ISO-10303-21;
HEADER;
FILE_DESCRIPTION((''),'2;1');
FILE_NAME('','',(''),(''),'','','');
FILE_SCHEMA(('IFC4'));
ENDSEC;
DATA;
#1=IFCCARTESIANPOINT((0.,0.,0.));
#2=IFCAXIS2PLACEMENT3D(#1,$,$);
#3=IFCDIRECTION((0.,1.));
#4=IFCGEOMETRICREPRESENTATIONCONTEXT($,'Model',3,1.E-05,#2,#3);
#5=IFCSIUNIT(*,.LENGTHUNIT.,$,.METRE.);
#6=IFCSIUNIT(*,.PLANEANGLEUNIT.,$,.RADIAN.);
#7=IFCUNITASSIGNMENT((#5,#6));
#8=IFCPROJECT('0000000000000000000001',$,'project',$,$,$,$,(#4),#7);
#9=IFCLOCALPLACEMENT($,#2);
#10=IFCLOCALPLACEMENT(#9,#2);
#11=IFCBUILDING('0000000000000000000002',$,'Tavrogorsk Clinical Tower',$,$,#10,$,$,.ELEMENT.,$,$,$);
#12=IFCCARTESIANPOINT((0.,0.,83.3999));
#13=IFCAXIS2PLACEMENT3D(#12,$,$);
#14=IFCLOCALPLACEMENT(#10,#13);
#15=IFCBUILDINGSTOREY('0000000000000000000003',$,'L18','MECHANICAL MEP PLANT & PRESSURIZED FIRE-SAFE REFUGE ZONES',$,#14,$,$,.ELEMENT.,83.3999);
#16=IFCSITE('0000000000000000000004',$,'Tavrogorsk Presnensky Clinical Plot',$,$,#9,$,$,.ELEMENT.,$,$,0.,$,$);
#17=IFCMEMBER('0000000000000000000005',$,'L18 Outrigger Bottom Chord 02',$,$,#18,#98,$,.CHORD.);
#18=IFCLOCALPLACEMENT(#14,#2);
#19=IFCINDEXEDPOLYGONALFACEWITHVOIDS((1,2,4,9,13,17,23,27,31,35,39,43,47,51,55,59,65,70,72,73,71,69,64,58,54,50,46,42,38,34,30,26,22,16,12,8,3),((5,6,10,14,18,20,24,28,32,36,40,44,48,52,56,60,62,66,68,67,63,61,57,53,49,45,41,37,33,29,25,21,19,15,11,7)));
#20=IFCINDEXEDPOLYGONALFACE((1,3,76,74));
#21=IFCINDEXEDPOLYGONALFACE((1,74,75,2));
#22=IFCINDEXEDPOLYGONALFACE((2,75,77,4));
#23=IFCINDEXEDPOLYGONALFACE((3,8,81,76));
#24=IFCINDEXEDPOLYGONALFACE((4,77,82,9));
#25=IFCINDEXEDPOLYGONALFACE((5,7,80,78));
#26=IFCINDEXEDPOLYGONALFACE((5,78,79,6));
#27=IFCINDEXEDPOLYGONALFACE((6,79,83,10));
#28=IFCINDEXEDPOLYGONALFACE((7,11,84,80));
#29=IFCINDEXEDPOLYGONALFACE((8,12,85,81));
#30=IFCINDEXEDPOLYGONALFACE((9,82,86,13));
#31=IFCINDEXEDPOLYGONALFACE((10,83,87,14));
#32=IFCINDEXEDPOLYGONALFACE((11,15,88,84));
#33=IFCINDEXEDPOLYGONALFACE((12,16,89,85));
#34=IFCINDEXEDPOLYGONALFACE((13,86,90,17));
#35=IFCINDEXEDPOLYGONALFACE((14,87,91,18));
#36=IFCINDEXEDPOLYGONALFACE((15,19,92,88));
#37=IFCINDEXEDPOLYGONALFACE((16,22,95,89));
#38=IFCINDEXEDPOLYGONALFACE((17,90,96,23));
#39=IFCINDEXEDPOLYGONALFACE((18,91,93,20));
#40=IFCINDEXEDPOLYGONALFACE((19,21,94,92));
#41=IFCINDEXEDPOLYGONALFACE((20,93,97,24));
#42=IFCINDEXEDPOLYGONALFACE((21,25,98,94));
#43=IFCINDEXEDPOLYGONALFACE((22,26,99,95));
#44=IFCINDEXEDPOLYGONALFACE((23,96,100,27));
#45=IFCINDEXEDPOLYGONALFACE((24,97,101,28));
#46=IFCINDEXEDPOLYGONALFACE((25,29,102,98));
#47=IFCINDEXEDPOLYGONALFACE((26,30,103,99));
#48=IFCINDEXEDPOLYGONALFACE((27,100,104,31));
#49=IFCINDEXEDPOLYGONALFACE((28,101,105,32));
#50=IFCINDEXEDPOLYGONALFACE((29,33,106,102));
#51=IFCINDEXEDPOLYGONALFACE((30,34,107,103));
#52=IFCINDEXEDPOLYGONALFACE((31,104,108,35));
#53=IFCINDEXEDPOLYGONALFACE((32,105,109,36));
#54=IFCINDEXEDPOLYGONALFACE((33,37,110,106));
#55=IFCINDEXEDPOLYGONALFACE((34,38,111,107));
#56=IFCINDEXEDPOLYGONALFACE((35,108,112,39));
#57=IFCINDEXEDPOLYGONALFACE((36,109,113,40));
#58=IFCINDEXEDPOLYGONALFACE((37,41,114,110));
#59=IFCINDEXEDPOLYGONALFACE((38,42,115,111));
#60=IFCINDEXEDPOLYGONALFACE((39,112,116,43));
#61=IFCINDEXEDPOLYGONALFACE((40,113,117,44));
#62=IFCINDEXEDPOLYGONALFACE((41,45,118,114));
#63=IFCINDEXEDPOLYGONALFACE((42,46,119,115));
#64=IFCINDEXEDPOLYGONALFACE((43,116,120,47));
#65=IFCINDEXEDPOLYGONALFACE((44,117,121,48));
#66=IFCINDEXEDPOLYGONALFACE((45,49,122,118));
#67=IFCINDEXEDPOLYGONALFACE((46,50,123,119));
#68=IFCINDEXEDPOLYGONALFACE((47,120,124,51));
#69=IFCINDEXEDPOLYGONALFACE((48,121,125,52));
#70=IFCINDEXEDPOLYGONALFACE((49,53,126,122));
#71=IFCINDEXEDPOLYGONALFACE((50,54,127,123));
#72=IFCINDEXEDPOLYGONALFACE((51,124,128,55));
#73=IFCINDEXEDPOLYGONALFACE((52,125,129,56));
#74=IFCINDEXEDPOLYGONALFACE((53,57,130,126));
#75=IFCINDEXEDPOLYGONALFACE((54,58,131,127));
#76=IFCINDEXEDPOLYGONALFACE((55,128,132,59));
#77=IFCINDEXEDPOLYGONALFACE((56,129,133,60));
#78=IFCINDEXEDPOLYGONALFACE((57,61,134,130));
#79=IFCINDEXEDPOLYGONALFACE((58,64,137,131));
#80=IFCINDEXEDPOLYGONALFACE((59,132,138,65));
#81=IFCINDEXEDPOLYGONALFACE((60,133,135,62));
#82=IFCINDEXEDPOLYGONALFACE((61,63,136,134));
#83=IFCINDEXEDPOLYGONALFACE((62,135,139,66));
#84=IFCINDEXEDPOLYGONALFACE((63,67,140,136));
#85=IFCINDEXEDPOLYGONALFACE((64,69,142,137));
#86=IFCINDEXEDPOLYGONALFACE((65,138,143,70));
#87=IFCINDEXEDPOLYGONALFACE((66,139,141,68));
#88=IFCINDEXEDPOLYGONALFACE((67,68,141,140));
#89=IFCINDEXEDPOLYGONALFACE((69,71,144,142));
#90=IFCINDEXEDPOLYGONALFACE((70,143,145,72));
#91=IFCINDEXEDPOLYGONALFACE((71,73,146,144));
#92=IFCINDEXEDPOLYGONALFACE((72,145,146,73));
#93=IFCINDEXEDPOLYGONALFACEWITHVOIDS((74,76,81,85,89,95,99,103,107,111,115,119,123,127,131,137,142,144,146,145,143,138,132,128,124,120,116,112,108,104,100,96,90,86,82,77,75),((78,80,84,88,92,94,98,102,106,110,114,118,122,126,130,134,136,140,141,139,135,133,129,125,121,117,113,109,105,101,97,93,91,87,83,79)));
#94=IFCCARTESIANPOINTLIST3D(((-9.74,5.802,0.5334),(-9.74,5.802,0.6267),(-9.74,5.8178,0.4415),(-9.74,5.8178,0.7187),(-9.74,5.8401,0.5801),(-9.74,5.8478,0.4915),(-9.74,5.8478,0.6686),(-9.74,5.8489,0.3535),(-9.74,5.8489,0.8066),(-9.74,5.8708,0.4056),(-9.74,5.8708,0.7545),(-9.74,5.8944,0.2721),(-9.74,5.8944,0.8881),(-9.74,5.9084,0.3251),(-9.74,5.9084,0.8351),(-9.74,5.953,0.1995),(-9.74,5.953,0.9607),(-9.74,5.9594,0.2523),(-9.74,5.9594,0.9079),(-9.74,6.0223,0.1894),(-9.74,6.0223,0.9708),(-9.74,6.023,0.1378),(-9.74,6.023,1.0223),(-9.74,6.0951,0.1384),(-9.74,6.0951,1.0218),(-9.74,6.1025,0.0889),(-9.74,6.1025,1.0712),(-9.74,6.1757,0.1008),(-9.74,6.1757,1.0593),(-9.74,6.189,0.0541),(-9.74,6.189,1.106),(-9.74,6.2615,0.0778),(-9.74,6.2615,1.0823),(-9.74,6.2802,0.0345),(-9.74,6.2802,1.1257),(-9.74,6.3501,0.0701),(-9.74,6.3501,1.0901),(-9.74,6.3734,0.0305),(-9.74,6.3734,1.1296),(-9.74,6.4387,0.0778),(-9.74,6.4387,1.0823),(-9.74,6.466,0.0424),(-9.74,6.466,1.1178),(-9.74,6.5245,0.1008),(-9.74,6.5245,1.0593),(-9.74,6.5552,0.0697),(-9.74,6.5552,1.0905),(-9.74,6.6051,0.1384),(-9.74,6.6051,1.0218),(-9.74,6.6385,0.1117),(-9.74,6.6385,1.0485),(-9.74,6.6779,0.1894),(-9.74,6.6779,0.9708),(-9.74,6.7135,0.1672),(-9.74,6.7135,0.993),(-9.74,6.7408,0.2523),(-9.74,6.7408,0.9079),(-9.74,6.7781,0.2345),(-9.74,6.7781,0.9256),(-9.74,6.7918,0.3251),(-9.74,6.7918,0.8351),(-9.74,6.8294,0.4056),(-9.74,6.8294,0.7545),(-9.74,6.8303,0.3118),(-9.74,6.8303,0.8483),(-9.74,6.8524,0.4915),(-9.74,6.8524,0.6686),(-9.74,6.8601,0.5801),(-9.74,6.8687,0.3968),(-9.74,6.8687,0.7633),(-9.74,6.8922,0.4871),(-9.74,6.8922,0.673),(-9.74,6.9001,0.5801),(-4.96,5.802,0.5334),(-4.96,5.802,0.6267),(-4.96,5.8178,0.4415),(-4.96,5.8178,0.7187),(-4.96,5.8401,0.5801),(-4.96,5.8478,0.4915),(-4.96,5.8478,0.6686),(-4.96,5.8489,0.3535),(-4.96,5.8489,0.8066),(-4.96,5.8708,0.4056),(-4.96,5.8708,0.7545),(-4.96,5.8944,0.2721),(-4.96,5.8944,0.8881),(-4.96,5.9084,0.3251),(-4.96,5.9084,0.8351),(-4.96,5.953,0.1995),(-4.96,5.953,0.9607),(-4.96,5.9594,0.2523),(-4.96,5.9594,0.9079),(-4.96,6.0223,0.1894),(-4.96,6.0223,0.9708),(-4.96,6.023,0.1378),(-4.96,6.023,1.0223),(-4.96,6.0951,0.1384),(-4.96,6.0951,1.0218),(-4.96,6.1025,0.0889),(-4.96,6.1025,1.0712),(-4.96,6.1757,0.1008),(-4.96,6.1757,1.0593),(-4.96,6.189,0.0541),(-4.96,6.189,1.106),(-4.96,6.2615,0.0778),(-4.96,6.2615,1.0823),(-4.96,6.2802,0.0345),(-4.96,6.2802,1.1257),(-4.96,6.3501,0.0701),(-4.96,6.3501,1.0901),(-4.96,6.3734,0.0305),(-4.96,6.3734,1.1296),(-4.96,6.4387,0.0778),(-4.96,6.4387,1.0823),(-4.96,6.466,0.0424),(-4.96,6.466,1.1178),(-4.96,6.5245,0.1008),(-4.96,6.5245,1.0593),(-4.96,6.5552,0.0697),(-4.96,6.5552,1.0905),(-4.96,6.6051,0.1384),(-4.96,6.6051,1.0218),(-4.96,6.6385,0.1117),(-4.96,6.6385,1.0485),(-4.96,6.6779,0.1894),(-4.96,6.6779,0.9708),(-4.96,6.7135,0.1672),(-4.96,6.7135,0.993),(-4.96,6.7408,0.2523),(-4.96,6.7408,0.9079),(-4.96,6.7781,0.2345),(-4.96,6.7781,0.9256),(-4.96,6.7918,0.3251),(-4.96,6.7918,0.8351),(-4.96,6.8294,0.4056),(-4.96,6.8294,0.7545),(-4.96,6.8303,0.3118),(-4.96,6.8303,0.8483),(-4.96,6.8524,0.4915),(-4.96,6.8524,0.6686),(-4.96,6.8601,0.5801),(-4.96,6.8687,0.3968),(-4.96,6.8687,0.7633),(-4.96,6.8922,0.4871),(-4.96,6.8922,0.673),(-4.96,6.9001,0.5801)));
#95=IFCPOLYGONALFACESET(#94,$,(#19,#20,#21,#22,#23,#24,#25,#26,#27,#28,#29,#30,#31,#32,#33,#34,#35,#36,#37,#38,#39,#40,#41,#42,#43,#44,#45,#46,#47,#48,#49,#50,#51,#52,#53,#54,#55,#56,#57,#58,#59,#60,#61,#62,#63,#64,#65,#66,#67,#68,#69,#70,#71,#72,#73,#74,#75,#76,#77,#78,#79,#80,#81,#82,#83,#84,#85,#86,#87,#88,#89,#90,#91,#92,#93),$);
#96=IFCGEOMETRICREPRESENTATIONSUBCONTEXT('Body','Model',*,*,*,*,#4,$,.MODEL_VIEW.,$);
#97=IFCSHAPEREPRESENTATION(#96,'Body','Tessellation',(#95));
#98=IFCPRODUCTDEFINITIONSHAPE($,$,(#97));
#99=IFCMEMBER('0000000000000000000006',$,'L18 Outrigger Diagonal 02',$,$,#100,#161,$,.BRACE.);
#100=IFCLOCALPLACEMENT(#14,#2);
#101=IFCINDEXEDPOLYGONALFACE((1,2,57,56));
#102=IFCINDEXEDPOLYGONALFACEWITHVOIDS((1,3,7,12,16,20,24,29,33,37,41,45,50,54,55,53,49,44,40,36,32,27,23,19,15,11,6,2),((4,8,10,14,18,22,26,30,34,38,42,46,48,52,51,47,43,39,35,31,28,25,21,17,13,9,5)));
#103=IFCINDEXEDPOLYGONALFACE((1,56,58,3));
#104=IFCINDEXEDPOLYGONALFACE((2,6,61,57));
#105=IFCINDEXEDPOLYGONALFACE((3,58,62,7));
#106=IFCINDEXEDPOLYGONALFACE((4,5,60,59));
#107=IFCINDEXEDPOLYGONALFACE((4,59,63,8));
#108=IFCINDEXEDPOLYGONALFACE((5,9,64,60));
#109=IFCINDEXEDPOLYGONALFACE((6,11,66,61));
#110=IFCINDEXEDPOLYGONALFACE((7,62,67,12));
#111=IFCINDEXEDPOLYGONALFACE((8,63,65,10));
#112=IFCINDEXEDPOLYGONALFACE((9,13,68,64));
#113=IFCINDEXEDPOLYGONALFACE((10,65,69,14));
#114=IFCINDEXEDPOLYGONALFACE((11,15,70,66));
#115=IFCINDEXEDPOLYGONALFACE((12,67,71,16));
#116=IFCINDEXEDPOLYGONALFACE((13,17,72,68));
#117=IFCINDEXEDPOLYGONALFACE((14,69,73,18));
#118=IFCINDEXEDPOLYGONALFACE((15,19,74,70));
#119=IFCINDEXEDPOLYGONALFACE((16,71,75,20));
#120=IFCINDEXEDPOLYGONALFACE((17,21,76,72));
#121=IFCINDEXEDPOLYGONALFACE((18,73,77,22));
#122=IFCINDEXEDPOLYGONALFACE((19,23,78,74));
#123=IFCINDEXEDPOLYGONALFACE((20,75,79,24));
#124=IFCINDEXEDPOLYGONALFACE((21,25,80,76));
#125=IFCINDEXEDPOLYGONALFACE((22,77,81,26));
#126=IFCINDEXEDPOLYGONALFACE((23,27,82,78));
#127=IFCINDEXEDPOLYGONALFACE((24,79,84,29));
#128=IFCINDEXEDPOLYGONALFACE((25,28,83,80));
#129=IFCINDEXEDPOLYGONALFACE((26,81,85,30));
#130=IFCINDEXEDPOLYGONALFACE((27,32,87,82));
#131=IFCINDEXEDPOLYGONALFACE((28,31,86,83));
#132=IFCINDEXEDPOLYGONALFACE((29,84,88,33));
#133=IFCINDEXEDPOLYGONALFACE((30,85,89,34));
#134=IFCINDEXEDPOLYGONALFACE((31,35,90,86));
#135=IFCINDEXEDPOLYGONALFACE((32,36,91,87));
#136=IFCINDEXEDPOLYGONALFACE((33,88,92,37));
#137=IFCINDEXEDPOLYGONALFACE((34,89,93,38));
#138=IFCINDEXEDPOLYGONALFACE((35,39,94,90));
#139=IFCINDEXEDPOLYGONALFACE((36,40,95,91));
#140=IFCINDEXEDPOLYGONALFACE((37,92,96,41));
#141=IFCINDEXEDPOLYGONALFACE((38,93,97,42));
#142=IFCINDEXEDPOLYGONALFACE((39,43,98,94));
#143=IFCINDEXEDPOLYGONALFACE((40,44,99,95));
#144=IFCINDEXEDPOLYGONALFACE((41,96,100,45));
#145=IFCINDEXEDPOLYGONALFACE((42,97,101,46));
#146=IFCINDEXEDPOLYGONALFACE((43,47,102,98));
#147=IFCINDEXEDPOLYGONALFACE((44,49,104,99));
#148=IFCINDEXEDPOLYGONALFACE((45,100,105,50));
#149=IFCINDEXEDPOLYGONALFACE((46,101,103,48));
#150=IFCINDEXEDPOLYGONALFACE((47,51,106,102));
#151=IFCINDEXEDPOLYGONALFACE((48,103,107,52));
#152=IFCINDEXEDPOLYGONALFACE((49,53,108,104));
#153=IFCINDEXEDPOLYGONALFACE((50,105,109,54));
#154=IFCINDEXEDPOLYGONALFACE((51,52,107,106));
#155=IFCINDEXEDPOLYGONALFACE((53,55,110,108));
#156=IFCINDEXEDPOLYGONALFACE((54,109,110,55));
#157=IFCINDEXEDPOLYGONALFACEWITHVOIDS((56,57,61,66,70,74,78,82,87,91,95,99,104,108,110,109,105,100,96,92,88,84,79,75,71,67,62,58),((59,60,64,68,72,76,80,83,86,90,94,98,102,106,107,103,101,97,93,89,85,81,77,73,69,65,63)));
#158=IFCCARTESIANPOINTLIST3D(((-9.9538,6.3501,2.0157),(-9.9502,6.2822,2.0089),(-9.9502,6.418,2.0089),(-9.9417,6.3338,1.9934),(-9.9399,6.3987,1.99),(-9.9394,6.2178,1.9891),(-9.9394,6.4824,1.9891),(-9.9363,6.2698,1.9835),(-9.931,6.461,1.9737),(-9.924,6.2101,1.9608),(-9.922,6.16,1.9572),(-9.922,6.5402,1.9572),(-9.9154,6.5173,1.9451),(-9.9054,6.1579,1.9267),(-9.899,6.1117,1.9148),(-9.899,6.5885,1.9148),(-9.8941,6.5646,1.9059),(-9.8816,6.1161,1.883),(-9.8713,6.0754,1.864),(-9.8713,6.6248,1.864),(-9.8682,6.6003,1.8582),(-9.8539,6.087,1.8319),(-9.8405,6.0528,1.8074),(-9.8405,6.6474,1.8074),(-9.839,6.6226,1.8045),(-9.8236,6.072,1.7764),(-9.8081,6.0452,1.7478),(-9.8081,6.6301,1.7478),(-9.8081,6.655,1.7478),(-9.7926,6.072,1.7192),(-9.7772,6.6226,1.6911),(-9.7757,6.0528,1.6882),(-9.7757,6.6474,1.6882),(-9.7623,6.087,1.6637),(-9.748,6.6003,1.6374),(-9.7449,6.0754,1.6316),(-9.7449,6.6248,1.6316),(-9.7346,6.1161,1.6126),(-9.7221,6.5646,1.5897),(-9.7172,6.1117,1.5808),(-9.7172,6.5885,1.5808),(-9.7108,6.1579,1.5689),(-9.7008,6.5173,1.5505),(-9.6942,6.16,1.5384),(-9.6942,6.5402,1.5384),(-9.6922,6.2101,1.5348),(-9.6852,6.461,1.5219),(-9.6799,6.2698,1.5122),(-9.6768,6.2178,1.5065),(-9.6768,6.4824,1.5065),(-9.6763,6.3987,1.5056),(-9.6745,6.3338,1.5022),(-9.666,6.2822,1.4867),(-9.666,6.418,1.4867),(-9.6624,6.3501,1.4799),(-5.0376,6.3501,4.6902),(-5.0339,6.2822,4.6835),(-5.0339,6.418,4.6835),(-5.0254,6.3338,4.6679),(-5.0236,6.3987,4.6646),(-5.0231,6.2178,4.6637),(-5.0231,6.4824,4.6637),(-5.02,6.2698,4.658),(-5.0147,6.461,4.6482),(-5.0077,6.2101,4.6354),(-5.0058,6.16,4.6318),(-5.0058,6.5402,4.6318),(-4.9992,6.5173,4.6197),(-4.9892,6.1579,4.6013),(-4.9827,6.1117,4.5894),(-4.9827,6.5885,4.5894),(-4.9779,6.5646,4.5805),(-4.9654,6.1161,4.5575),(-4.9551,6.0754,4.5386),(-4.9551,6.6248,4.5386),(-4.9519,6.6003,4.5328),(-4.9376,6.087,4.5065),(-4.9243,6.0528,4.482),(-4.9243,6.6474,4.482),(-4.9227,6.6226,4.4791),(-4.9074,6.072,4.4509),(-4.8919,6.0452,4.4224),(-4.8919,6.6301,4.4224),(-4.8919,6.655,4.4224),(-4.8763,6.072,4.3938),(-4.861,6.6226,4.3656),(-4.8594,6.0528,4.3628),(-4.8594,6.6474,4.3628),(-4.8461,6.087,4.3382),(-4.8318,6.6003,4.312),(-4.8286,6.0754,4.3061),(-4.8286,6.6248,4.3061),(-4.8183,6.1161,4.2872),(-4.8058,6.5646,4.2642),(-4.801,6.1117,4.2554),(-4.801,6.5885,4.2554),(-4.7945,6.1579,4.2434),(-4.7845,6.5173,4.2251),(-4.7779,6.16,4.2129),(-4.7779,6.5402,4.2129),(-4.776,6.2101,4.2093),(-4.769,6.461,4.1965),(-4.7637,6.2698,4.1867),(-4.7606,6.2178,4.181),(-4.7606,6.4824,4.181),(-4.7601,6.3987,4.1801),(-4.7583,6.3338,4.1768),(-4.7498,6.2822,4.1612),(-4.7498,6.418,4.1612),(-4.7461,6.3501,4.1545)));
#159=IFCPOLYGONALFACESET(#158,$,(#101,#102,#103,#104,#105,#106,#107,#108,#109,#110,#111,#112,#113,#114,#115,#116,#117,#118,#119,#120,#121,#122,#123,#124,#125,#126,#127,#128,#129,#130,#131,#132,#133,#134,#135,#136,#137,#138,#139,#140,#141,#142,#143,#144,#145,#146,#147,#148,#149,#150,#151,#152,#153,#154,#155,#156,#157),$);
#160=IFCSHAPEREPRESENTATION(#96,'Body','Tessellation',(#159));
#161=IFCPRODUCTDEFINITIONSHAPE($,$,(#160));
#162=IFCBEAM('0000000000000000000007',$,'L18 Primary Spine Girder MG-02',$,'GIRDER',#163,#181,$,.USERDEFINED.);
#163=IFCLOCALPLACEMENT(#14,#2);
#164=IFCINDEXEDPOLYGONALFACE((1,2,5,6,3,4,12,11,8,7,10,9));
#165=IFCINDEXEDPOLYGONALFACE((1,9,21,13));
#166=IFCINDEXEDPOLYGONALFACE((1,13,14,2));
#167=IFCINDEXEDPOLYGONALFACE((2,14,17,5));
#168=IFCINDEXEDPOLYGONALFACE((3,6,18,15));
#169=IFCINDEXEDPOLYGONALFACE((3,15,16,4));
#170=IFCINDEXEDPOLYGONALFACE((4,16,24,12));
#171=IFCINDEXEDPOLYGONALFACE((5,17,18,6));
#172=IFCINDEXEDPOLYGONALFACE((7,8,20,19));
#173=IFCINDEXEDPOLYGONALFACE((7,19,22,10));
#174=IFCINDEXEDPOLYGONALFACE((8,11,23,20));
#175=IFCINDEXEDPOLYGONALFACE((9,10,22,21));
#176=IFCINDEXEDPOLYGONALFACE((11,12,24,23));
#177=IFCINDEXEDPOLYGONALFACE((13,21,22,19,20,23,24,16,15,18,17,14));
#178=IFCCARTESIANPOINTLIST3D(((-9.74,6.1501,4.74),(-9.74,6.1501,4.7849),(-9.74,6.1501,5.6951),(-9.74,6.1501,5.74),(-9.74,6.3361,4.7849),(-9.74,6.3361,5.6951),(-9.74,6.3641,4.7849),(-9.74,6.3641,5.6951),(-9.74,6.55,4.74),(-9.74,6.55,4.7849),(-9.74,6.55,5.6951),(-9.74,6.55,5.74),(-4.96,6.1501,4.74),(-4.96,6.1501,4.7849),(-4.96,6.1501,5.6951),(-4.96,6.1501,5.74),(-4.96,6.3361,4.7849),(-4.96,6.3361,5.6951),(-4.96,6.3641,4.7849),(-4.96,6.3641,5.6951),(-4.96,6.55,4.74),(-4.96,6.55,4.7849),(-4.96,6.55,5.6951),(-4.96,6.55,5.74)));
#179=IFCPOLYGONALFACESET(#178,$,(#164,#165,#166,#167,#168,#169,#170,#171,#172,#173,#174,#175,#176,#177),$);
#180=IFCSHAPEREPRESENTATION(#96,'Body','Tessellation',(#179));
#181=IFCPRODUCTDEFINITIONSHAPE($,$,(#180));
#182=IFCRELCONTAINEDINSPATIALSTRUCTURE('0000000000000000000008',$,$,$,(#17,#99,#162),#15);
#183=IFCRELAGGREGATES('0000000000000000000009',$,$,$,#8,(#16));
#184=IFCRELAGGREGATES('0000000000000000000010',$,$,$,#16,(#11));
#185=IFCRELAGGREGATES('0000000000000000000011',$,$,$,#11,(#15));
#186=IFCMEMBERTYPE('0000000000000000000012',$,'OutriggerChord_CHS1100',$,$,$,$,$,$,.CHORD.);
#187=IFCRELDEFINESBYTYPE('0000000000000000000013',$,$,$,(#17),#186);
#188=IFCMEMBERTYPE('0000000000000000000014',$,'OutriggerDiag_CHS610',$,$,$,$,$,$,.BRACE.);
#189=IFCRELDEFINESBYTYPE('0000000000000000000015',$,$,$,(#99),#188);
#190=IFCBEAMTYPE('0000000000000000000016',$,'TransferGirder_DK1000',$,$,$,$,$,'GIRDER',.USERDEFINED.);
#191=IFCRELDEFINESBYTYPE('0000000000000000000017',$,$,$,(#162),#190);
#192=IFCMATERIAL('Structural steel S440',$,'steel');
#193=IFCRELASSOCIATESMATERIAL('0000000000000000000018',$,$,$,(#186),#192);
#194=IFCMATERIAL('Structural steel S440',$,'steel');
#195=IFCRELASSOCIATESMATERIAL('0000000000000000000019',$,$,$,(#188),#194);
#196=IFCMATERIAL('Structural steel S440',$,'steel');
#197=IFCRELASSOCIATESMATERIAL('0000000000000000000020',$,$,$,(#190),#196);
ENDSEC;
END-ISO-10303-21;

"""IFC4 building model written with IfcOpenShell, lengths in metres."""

from ifc_helpers import new_model, si_unit, direction, frame, origin, origin_2d, place, context, subcontext, project, spatial, hollow_circle, i_section, extrude, material, material_profile, profile_set, type_object, element, save


model = new_model("IFC4")

# Units and contexts
model_context = context("Model", 3, precision=1e-05, world=origin(), true_north=direction((0.0, 1.0)))
body_context = subcontext(model_context, "Body", "Model", "MODEL_VIEW")
ifc_project = project(units=[si_unit("LENGTHUNIT", "METRE"), si_unit("PLANEANGLEUNIT", "RADIAN")], contexts=[model_context])

# Site, building, storey
site_placement = place(None, origin())
site = spatial("IfcSite", under=ifc_project, at=site_placement, Name="Tavrogorsk Presnensky Clinical Plot", CompositionType="ELEMENT", RefElevation=0.0)
building_placement = place(site_placement, origin())
building = spatial("IfcBuilding", under=site, at=building_placement, Name="Tavrogorsk Clinical Tower", CompositionType="ELEMENT")
storey_placement = place(building_placement, frame((0.0, 0.0, 83.3999)))
storey = spatial("IfcBuildingStorey", under=building, at=storey_placement, Name="L18", Description="MECHANICAL MEP PLANT & PRESSURIZED FIRE-SAFE REFUGE ZONES", CompositionType="ELEMENT", Elevation=83.3999)

# Members
ifc_material_1 = material(Name="Structural steel S440", Category="steel")
ifc_material_profile_1 = material_profile(ifc_material_1, hollow_circle(Radius=0.55, WallThickness=0.04, at=origin_2d()), Name="CHS-1100x40")
ifc_profile_set_1 = profile_set([ifc_material_profile_1], Name="Structural steel S440")
member_type_1 = type_object("IfcMemberType", Name="OutriggerChord_CHS1100", PredefinedType="CHORD", material=ifc_profile_set_1)
member_1_placement = place(storey_placement, frame((-9.74, 6.3501, 0.5801), z_axis=(1.0, 0.0, 0.0), x_axis=(0.0, 1.0, 0.0)))
element("IfcMember", 1, at=member_1_placement, inside=storey, type_object=member_type_1, Name="L18 Outrigger Bottom Chord 02", PredefinedType="CHORD", context=body_context, shape_type="SweptSolid", body=[
    extrude(hollow_circle(Radius=0.55, WallThickness=0.04, at=origin_2d()), origin(), (0.0, 0.0, 1.0), 4.78),
])
ifc_material_2 = material(Name="Structural steel S440", Category="steel")
ifc_material_profile_2 = material_profile(ifc_material_2, hollow_circle(Radius=0.3049, WallThickness=0.0249, at=origin_2d()), Name="CHS-610x25")
ifc_profile_set_2 = profile_set([ifc_material_profile_2], Name="Structural steel S440")
member_type_2 = type_object("IfcMemberType", Name="OutriggerDiag_CHS610", PredefinedType="BRACE", material=ifc_profile_set_2)
member_2_placement = place(storey_placement, frame((-9.8081, 6.3501, 1.7478), z_axis=(0.878424, 0.0, 0.477883), x_axis=(0.0, 1.0, 0.0)))
element("IfcMember", 2, at=member_2_placement, inside=storey, type_object=member_type_2, Name="L18 Outrigger Diagonal 02", PredefinedType="BRACE", context=body_context, shape_type="SweptSolid", body=[
    extrude(hollow_circle(Radius=0.3049, WallThickness=0.0249, at=origin_2d()), origin(), (0.0, 0.0, 1.0), 5.5967),
])

# Beam
ifc_material_3 = material(Name="Structural steel S440", Category="steel")
ifc_material_profile_3 = material_profile(ifc_material_3, i_section(OverallWidth=0.3999, OverallDepth=1.0, WebThickness=0.0281, FlangeThickness=0.0449, at=origin_2d()), Name="DK-1000x400x28x45")
ifc_profile_set_3 = profile_set([ifc_material_profile_3], Name="Structural steel S440")
beam_type_1 = type_object("IfcBeamType", Name="TransferGirder_DK1000", ElementType="GIRDER", PredefinedType="USERDEFINED", material=ifc_profile_set_3)
beam_1_placement = place(storey_placement, frame((-9.74, 6.3501, 5.24), z_axis=(1.0, 0.0, 0.0), x_axis=(0.0, 1.0, 0.0)))
element("IfcBeam", 3, at=beam_1_placement, inside=storey, type_object=beam_type_1, Name="L18 Primary Spine Girder MG-02", ObjectType="GIRDER", PredefinedType="USERDEFINED", context=body_context, shape_type="SweptSolid", body=[
    extrude(i_section(OverallWidth=0.3999, OverallDepth=1.0, WebThickness=0.0281, FlangeThickness=0.0449, at=origin_2d()), origin(), (0.0, 0.0, 1.0), 4.78),
])

save(model, "model.ifc")
